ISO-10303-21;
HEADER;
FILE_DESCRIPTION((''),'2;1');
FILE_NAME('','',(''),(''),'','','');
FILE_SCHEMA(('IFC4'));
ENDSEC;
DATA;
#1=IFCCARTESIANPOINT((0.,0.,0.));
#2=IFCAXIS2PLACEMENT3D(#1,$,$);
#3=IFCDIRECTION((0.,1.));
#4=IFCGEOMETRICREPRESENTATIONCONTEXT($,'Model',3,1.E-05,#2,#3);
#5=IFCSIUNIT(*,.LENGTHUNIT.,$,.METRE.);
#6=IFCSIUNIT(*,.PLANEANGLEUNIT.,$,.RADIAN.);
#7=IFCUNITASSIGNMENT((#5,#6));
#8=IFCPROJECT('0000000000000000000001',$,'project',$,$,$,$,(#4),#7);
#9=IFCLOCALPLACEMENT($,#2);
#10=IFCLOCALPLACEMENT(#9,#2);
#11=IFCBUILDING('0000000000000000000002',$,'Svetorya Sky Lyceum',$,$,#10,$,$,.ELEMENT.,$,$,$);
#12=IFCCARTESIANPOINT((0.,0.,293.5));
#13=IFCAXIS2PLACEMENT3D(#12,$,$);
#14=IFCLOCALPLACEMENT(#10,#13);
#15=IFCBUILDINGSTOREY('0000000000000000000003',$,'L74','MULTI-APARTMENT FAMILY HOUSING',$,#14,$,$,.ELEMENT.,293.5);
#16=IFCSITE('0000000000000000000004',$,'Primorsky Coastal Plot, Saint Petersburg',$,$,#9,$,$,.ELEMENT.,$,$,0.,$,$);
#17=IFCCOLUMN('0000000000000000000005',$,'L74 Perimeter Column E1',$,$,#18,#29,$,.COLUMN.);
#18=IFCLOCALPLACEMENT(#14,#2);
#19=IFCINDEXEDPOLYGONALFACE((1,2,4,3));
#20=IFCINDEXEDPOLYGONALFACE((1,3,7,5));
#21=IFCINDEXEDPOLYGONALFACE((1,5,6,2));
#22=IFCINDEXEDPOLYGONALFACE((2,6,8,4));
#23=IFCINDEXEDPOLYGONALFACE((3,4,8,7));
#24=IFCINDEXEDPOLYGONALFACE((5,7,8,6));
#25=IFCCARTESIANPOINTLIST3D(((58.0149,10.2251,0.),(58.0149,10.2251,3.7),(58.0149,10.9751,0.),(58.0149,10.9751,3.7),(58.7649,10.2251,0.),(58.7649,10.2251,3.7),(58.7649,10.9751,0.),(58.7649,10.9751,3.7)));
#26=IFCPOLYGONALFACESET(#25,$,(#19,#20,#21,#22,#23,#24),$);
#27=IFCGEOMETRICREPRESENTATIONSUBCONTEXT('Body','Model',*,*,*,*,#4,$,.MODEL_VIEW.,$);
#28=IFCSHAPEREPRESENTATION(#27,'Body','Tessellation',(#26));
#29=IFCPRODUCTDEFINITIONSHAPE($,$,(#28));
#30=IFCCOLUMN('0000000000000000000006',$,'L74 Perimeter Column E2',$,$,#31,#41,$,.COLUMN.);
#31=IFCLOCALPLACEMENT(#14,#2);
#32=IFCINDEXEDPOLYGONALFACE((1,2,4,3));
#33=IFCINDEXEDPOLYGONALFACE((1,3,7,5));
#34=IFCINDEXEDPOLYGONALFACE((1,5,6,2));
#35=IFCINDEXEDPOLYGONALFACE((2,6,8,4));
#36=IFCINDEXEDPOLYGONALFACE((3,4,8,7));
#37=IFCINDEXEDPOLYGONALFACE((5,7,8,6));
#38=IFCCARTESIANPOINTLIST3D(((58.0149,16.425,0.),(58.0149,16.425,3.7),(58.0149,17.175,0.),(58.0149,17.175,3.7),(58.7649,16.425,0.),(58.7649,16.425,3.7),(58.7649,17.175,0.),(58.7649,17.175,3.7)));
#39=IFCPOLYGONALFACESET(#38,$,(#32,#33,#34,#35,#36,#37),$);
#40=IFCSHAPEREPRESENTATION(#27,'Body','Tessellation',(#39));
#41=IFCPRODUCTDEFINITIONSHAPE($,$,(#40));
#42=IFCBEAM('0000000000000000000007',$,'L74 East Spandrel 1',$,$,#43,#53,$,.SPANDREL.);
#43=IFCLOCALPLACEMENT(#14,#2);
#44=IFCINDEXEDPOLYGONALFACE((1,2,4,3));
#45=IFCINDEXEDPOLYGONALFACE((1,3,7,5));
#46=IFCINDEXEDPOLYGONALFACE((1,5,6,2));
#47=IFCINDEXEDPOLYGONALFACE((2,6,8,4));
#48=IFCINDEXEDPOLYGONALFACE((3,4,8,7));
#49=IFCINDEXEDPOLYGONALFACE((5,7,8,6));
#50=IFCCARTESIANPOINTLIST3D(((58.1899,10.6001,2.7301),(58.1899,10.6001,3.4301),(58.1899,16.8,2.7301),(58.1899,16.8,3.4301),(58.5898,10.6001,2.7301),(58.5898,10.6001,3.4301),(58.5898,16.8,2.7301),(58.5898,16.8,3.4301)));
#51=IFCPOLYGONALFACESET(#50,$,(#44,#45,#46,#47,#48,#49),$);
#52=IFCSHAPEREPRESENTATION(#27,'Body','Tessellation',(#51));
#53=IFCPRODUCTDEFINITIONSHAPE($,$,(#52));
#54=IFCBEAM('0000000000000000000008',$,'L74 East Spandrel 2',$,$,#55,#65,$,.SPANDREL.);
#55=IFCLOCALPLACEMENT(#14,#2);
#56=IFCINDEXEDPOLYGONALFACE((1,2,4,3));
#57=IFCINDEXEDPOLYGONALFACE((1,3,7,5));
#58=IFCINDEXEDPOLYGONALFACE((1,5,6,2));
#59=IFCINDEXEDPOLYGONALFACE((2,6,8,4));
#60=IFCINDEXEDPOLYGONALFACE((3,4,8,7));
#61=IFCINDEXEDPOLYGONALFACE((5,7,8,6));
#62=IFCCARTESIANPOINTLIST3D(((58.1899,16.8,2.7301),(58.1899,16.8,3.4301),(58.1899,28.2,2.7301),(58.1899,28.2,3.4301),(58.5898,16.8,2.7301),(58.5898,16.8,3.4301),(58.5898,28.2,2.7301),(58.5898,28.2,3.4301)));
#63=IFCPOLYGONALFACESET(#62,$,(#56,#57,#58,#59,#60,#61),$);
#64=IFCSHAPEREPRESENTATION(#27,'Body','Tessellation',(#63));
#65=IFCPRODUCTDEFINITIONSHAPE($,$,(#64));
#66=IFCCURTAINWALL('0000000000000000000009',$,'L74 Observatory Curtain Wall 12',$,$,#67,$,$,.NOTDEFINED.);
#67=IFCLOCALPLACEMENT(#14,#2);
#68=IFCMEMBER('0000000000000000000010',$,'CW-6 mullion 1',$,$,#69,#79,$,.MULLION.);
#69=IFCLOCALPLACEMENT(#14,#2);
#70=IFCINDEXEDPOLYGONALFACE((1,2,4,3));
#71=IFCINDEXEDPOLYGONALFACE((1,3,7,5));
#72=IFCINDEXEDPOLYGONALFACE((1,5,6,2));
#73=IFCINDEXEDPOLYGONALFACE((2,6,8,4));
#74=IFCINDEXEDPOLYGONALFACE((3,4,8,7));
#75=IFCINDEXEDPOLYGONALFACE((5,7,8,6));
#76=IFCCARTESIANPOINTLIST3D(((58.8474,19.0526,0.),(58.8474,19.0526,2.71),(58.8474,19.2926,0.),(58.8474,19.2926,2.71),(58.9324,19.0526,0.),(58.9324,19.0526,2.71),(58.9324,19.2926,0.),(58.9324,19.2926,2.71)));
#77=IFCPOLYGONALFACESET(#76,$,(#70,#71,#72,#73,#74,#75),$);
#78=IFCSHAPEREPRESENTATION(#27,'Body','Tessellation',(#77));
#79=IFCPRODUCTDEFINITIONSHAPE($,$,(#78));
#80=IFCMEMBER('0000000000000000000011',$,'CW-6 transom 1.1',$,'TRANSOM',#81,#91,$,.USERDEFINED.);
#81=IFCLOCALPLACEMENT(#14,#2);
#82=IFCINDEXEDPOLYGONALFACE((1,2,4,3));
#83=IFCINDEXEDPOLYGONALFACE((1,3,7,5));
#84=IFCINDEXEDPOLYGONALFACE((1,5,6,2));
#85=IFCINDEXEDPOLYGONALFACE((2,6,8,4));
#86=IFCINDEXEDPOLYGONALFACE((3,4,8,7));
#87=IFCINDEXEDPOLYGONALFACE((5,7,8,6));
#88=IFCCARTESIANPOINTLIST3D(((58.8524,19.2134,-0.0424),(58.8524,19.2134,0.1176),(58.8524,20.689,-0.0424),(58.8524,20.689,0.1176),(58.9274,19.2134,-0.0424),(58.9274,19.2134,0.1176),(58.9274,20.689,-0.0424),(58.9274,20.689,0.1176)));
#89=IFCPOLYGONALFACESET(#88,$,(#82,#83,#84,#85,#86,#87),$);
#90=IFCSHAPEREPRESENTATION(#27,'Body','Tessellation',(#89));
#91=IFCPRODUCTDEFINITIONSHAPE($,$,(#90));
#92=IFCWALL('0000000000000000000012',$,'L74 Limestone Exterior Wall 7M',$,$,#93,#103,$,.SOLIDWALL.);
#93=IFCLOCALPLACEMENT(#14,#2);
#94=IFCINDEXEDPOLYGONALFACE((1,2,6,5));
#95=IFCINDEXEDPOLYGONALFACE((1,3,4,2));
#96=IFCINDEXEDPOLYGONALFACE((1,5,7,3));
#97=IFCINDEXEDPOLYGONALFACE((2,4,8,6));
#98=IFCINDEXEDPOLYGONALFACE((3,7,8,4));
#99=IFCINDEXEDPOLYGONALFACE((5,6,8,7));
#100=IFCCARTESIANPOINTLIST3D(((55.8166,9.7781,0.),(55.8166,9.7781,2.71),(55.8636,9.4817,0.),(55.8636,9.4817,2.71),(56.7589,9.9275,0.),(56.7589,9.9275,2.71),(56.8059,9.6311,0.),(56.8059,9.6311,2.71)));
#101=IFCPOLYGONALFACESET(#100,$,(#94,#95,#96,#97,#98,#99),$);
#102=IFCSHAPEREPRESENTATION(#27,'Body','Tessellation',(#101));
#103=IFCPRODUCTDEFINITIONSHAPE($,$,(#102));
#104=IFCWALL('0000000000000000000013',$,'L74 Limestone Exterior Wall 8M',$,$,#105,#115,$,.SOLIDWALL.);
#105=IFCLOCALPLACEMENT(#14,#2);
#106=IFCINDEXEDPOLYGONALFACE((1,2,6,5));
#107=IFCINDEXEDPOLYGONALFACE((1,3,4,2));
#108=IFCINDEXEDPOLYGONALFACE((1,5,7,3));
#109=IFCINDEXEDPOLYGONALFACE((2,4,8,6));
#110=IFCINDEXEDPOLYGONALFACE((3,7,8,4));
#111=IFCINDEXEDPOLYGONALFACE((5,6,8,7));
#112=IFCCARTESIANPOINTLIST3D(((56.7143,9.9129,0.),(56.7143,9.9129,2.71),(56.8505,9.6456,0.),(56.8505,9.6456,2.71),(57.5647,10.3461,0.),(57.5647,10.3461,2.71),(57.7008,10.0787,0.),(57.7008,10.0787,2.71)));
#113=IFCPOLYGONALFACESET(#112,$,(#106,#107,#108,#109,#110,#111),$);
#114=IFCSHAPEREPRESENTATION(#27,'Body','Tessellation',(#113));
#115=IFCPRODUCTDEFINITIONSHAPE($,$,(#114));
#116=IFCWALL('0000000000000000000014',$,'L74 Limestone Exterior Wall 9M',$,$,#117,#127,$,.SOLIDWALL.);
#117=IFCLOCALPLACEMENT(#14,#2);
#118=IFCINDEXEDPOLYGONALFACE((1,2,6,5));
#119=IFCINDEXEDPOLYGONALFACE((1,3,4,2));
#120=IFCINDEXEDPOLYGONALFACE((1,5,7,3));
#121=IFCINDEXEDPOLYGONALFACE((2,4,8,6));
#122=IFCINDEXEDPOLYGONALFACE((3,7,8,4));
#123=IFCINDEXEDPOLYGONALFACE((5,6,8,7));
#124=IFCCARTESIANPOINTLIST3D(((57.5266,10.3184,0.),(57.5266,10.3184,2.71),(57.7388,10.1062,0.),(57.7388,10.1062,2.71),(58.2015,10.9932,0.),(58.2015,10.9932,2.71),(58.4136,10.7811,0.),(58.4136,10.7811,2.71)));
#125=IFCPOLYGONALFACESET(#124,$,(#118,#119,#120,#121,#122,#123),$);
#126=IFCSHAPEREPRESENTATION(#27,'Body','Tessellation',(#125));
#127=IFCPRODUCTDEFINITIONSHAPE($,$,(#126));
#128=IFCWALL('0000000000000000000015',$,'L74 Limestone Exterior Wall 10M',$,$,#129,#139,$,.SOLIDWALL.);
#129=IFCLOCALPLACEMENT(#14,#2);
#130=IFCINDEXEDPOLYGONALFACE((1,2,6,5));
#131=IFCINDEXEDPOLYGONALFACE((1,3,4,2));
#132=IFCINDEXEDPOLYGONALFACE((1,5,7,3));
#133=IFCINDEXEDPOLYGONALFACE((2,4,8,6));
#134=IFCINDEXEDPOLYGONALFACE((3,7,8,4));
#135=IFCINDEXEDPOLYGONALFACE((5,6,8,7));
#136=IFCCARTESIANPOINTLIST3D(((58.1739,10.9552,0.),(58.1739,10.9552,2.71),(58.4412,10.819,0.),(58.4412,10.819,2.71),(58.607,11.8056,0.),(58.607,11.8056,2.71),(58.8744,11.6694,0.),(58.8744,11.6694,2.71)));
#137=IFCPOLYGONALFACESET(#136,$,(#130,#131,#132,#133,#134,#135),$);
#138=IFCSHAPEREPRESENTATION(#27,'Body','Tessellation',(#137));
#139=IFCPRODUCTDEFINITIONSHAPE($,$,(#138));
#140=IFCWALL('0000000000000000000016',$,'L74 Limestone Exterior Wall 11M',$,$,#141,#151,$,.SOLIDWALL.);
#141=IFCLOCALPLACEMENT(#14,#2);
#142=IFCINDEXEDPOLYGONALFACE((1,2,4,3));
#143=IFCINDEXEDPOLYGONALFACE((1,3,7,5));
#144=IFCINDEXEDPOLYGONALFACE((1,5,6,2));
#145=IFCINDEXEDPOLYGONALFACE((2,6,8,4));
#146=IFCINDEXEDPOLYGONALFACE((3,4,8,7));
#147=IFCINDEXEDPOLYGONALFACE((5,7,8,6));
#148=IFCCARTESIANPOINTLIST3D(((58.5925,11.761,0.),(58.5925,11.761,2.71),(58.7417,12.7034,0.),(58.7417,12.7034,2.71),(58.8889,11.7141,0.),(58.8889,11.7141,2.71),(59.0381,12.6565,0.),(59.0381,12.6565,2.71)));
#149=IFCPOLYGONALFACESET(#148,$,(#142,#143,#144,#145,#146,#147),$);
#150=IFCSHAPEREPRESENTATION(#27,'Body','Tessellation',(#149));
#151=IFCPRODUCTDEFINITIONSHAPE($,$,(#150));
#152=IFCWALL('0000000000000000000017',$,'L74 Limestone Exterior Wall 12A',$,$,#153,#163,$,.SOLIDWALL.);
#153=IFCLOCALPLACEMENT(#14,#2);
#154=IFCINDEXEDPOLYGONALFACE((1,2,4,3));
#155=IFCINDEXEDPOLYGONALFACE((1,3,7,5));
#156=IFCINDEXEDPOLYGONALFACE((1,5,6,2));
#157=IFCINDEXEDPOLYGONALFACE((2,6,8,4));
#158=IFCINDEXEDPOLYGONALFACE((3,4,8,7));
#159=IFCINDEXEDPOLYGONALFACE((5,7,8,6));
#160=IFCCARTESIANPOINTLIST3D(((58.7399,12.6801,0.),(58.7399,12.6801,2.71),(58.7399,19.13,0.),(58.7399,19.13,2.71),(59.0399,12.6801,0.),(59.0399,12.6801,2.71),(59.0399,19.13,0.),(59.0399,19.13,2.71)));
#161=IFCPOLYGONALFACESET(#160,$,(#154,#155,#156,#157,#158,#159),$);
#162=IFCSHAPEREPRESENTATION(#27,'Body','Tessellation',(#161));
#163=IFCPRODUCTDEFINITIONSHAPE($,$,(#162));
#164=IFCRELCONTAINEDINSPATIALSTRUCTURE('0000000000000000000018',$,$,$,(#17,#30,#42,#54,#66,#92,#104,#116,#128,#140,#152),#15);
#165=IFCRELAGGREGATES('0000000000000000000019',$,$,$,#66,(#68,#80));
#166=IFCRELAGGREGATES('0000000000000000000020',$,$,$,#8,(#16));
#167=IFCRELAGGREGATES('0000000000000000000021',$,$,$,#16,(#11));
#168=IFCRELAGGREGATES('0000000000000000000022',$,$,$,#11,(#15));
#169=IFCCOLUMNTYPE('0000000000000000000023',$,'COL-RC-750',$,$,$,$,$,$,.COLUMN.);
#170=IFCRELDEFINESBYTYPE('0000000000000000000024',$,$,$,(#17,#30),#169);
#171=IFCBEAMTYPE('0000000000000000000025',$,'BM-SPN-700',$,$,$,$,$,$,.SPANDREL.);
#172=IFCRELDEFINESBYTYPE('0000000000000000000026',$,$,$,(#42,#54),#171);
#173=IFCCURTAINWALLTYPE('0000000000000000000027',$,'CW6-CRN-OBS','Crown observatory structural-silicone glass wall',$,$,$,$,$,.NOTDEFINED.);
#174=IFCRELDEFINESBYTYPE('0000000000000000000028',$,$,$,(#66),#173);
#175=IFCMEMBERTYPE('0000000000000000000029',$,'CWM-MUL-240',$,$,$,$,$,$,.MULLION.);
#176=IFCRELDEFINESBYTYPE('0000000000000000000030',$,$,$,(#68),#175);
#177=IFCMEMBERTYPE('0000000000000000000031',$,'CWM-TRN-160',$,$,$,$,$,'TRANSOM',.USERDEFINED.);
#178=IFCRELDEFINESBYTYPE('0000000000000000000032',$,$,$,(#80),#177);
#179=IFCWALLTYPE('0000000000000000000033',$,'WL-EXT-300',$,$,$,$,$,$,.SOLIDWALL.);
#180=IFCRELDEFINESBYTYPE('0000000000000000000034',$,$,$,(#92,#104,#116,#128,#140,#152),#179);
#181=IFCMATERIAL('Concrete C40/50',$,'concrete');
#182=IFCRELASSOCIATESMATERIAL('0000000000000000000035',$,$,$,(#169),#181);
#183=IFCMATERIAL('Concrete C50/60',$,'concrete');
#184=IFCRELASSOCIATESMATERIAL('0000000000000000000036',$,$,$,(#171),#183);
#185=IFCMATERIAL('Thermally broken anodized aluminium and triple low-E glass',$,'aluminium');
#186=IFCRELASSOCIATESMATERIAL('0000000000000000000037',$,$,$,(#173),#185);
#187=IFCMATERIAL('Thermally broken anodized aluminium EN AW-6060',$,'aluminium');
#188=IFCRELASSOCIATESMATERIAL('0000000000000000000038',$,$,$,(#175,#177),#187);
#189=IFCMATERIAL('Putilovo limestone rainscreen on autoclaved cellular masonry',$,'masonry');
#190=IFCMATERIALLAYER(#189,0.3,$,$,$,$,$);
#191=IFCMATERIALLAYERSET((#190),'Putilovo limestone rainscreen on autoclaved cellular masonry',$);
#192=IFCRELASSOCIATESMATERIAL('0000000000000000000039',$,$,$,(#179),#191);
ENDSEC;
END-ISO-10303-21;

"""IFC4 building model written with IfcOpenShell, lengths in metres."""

from ifc_helpers import new_model, si_unit, direction, frame, frame_2d, origin, origin_2d, place, context, subcontext, project, spatial, rectangle, extrude, material, layer, layer_set, material_profile, profile_set, type_object, element, aggregate, save


model = new_model("IFC4")

# Units and contexts
model_context = context("Model", 3, precision=1e-05, world=origin(), true_north=direction((0.0, 1.0)))
body_context = subcontext(model_context, "Body", "Model", "MODEL_VIEW")
ifc_project = project(units=[si_unit("LENGTHUNIT", "METRE"), si_unit("PLANEANGLEUNIT", "RADIAN")], contexts=[model_context])

# Site, building, storey
site_placement = place(None, origin())
site = spatial("IfcSite", under=ifc_project, at=site_placement, Name="Primorsky Coastal Plot, Saint Petersburg", CompositionType="ELEMENT", RefElevation=0.0)
building_placement = place(site_placement, origin())
building = spatial("IfcBuilding", under=site, at=building_placement, Name="Svetorya Sky Lyceum", CompositionType="ELEMENT")
storey_placement = place(building_placement, frame((0.0, 0.0, 293.5)))
storey = spatial("IfcBuildingStorey", under=building, at=storey_placement, Name="L74", Description="MULTI-APARTMENT FAMILY HOUSING", CompositionType="ELEMENT", Elevation=293.5)

# Columns
ifc_material_1 = material(Name="Concrete C40/50", Category="concrete")
ifc_material_profile_1 = material_profile(ifc_material_1, rectangle(XDim=0.75, YDim=0.75, at=origin_2d()), Name="RC COL 750x750")
ifc_profile_set_1 = profile_set([ifc_material_profile_1], Name="Concrete C40/50")
column_type = type_object("IfcColumnType", Name="COL-RC-750", PredefinedType="COLUMN", material=ifc_profile_set_1)
for number, where, z_axis, x_axis, name in (
    (1, (58.3899, 10.6001, 0.0), (0.0, 0.0, 1.0), (1.0, 0.0, 0.0), "L74 Perimeter Column E1"),
    (2, (58.3899, 16.8, 0.0), (0.0, 0.0, 1.0), (1.0, 0.0, 0.0), "L74 Perimeter Column E2"),
):
    element("IfcColumn", number, at=place(storey_placement, frame(where, z_axis=z_axis, x_axis=x_axis)), inside=storey, type_object=column_type, Name=name, PredefinedType="COLUMN", context=body_context, shape_type="SweptSolid", body=[
        extrude(rectangle(XDim=0.75, YDim=0.75, at=origin_2d()), origin(), (0.0, 0.0, 1.0), 3.7),
    ])

# Beams
ifc_material_2 = material(Name="Concrete C50/60", Category="concrete")
ifc_material_profile_2 = material_profile(ifc_material_2, rectangle(XDim=0.3999, YDim=0.7, at=origin_2d()), Name="RC SPANDREL 400x700")
ifc_profile_set_2 = profile_set([ifc_material_profile_2], Name="Concrete C50/60")
beam_type = type_object("IfcBeamType", Name="BM-SPN-700", PredefinedType="SPANDREL", material=ifc_profile_set_2)
beam_1_placement = place(storey_placement, frame((58.3899, 10.6001, 3.0801), z_axis=(0.0, 1.0, 0.0), x_axis=(-1.0, 0.0, 0.0)))
element("IfcBeam", 3, at=beam_1_placement, inside=storey, type_object=beam_type, Name="L74 East Spandrel 1", PredefinedType="SPANDREL", context=body_context, shape_type="SweptSolid", body=[
    extrude(rectangle(XDim=0.3999, YDim=0.7, at=origin_2d()), origin(), (0.0, 0.0, 1.0), 6.2),
])
beam_2_placement = place(storey_placement, frame((58.3899, 16.8, 3.0801), z_axis=(0.0, 1.0, 0.0), x_axis=(-1.0, 0.0, 0.0)))
element("IfcBeam", 4, at=beam_2_placement, inside=storey, type_object=beam_type, Name="L74 East Spandrel 2", PredefinedType="SPANDREL", context=body_context, shape_type="SweptSolid", body=[
    extrude(rectangle(XDim=0.3999, YDim=0.7, at=origin_2d()), origin(), (0.0, 0.0, 1.0), 11.3999),
])

# Curtain wall, members
ifc_material_3 = material(Name="Thermally broken anodized aluminium and triple low-E glass", Category="aluminium")
curtain_wall_type = type_object("IfcCurtainWallType", Name="CW6-CRN-OBS", Description="Crown observatory structural-silicone glass wall", PredefinedType="NOTDEFINED", material=ifc_material_3)
curtain_wall_placement = place(storey_placement, origin())
curtain_wall = element("IfcCurtainWall", 5, at=curtain_wall_placement, inside=storey, type_object=curtain_wall_type, Name="L74 Observatory Curtain Wall 12", PredefinedType="NOTDEFINED")
ifc_material_4 = material(Name="Thermally broken anodized aluminium EN AW-6060", Category="aluminium")
ifc_material_profile_3 = material_profile(ifc_material_4, rectangle(XDim=0.085, YDim=0.24, at=origin_2d()), Name="ALU MULLION 85x240")
ifc_profile_set_3 = profile_set([ifc_material_profile_3], Name="Thermally broken anodized aluminium EN AW-6060")
member_type_1 = type_object("IfcMemberType", Name="CWM-MUL-240", PredefinedType="MULLION", material=ifc_profile_set_3)
member_1_placement = place(storey_placement, frame((58.8899, 19.1726, 0.0), z_axis=(0.0, 0.0, 1.0), x_axis=(-1.0, 0.0, 0.0)))
member_1 = element("IfcMember", 6, at=member_1_placement, type_object=member_type_1, Name="CW-6 mullion 1", PredefinedType="MULLION", context=body_context, shape_type="SweptSolid", body=[
    extrude(rectangle(XDim=0.085, YDim=0.24, at=origin_2d()), origin(), (0.0, 0.0, 1.0), 2.71),
])
ifc_material_profile_4 = material_profile(ifc_material_4, rectangle(XDim=0.075, YDim=0.1599, at=origin_2d()), Name="ALU TRANSOM 75x160")
ifc_profile_set_4 = profile_set([ifc_material_profile_4], Name="Thermally broken anodized aluminium EN AW-6060")
member_type_2 = type_object("IfcMemberType", Name="CWM-TRN-160", ElementType="TRANSOM", PredefinedType="USERDEFINED", material=ifc_profile_set_4)
member_2_placement = place(storey_placement, frame((58.8899, 19.2134, 0.0376), z_axis=(0.0, 1.0, 0.0), x_axis=(-1.0, 0.0, 0.0)))
member_2 = element("IfcMember", 7, at=member_2_placement, type_object=member_type_2, Name="CW-6 transom 1.1", ObjectType="TRANSOM", PredefinedType="USERDEFINED", context=body_context, shape_type="SweptSolid", body=[
    extrude(rectangle(XDim=0.075, YDim=0.1599, at=origin_2d()), origin(), (0.0, 0.0, 1.0), 1.4756),
])
aggregate(curtain_wall, [member_1, member_2])

# Walls
ifc_material_5 = material(Name="Putilovo limestone rainscreen on autoclaved cellular masonry", Category="masonry")
ifc_layer_1 = layer(ifc_material_5, 0.3)
ifc_layer_set_1 = layer_set([ifc_layer_1], Name="Putilovo limestone rainscreen on autoclaved cellular masonry")
wall_type_1 = type_object("IfcWallType", Name="WL-EXT-300", PredefinedType="SOLIDWALL", material=ifc_layer_set_1)
wall_1_placement = place(storey_placement, frame((55.8401, 9.6299, 0.0), z_axis=(0.0, 0.0, 1.0), x_axis=(0.987663, 0.156593, 0.0)))
element("IfcWall", 8, at=wall_1_placement, inside=storey, type_object=wall_type_1, Name="L74 Limestone Exterior Wall 7M", PredefinedType="SOLIDWALL", context=body_context, shape_type="SweptSolid", body=[
    extrude(rectangle(XDim=0.9541, YDim=0.3, at=frame_2d((0.4771, 0.0))), origin(), (0.0, 0.0, 1.0), 2.71),
])
for number, where, z_axis, x_axis, name in (
    (9, (56.7825, 9.7793, 0.0), (0.0, 0.0, 1.0), (0.891077, 0.453853, 0.0), "L74 Limestone Exterior Wall 8M"),
    (10, (57.6328, 10.2124, 0.0), (0.0, 0.0, 1.0), (0.707107, 0.707107, 0.0), "L74 Limestone Exterior Wall 9M"),
    (11, (58.3076, 10.8872, 0.0), (0.0, 0.0, 1.0), (0.453853, 0.891077, 0.0), "L74 Limestone Exterior Wall 10M"),
):
    element("IfcWall", number, at=place(storey_placement, frame(where, z_axis=z_axis, x_axis=x_axis)), inside=storey, type_object=wall_type_1, Name=name, PredefinedType="SOLIDWALL", context=body_context, shape_type="SweptSolid", body=[
        extrude(rectangle(XDim=0.9543, YDim=0.3, at=frame_2d((0.4771, 0.0))), origin(), (0.0, 0.0, 1.0), 2.71),
    ])
wall_2_placement = place(storey_placement, frame((58.7407, 11.7375, 0.0), z_axis=(0.0, 0.0, 1.0), x_axis=(0.156344, 0.987703, 0.0)))
element("IfcWall", 12, at=wall_2_placement, inside=storey, type_object=wall_type_1, Name="L74 Limestone Exterior Wall 11M", PredefinedType="SOLIDWALL", context=body_context, shape_type="SweptSolid", body=[
    extrude(rectangle(XDim=0.9541, YDim=0.3, at=frame_2d((0.4771, 0.0))), origin(), (0.0, 0.0, 1.0), 2.71),
])
wall_3_placement = place(storey_placement, frame((58.8899, 12.6799, 0.0), z_axis=(0.0, 0.0, 1.0), x_axis=(0.0, 1.0, 0.0)))
element("IfcWall", 13, at=wall_3_placement, inside=storey, type_object=wall_type_1, Name="L74 Limestone Exterior Wall 12A", PredefinedType="SOLIDWALL", context=body_context, shape_type="SweptSolid", body=[
    extrude(rectangle(XDim=6.45, YDim=0.3, at=frame_2d((3.2251, 0.0))), origin(), (0.0, 0.0, 1.0), 2.71),
])

save(model, "model.ifc")
